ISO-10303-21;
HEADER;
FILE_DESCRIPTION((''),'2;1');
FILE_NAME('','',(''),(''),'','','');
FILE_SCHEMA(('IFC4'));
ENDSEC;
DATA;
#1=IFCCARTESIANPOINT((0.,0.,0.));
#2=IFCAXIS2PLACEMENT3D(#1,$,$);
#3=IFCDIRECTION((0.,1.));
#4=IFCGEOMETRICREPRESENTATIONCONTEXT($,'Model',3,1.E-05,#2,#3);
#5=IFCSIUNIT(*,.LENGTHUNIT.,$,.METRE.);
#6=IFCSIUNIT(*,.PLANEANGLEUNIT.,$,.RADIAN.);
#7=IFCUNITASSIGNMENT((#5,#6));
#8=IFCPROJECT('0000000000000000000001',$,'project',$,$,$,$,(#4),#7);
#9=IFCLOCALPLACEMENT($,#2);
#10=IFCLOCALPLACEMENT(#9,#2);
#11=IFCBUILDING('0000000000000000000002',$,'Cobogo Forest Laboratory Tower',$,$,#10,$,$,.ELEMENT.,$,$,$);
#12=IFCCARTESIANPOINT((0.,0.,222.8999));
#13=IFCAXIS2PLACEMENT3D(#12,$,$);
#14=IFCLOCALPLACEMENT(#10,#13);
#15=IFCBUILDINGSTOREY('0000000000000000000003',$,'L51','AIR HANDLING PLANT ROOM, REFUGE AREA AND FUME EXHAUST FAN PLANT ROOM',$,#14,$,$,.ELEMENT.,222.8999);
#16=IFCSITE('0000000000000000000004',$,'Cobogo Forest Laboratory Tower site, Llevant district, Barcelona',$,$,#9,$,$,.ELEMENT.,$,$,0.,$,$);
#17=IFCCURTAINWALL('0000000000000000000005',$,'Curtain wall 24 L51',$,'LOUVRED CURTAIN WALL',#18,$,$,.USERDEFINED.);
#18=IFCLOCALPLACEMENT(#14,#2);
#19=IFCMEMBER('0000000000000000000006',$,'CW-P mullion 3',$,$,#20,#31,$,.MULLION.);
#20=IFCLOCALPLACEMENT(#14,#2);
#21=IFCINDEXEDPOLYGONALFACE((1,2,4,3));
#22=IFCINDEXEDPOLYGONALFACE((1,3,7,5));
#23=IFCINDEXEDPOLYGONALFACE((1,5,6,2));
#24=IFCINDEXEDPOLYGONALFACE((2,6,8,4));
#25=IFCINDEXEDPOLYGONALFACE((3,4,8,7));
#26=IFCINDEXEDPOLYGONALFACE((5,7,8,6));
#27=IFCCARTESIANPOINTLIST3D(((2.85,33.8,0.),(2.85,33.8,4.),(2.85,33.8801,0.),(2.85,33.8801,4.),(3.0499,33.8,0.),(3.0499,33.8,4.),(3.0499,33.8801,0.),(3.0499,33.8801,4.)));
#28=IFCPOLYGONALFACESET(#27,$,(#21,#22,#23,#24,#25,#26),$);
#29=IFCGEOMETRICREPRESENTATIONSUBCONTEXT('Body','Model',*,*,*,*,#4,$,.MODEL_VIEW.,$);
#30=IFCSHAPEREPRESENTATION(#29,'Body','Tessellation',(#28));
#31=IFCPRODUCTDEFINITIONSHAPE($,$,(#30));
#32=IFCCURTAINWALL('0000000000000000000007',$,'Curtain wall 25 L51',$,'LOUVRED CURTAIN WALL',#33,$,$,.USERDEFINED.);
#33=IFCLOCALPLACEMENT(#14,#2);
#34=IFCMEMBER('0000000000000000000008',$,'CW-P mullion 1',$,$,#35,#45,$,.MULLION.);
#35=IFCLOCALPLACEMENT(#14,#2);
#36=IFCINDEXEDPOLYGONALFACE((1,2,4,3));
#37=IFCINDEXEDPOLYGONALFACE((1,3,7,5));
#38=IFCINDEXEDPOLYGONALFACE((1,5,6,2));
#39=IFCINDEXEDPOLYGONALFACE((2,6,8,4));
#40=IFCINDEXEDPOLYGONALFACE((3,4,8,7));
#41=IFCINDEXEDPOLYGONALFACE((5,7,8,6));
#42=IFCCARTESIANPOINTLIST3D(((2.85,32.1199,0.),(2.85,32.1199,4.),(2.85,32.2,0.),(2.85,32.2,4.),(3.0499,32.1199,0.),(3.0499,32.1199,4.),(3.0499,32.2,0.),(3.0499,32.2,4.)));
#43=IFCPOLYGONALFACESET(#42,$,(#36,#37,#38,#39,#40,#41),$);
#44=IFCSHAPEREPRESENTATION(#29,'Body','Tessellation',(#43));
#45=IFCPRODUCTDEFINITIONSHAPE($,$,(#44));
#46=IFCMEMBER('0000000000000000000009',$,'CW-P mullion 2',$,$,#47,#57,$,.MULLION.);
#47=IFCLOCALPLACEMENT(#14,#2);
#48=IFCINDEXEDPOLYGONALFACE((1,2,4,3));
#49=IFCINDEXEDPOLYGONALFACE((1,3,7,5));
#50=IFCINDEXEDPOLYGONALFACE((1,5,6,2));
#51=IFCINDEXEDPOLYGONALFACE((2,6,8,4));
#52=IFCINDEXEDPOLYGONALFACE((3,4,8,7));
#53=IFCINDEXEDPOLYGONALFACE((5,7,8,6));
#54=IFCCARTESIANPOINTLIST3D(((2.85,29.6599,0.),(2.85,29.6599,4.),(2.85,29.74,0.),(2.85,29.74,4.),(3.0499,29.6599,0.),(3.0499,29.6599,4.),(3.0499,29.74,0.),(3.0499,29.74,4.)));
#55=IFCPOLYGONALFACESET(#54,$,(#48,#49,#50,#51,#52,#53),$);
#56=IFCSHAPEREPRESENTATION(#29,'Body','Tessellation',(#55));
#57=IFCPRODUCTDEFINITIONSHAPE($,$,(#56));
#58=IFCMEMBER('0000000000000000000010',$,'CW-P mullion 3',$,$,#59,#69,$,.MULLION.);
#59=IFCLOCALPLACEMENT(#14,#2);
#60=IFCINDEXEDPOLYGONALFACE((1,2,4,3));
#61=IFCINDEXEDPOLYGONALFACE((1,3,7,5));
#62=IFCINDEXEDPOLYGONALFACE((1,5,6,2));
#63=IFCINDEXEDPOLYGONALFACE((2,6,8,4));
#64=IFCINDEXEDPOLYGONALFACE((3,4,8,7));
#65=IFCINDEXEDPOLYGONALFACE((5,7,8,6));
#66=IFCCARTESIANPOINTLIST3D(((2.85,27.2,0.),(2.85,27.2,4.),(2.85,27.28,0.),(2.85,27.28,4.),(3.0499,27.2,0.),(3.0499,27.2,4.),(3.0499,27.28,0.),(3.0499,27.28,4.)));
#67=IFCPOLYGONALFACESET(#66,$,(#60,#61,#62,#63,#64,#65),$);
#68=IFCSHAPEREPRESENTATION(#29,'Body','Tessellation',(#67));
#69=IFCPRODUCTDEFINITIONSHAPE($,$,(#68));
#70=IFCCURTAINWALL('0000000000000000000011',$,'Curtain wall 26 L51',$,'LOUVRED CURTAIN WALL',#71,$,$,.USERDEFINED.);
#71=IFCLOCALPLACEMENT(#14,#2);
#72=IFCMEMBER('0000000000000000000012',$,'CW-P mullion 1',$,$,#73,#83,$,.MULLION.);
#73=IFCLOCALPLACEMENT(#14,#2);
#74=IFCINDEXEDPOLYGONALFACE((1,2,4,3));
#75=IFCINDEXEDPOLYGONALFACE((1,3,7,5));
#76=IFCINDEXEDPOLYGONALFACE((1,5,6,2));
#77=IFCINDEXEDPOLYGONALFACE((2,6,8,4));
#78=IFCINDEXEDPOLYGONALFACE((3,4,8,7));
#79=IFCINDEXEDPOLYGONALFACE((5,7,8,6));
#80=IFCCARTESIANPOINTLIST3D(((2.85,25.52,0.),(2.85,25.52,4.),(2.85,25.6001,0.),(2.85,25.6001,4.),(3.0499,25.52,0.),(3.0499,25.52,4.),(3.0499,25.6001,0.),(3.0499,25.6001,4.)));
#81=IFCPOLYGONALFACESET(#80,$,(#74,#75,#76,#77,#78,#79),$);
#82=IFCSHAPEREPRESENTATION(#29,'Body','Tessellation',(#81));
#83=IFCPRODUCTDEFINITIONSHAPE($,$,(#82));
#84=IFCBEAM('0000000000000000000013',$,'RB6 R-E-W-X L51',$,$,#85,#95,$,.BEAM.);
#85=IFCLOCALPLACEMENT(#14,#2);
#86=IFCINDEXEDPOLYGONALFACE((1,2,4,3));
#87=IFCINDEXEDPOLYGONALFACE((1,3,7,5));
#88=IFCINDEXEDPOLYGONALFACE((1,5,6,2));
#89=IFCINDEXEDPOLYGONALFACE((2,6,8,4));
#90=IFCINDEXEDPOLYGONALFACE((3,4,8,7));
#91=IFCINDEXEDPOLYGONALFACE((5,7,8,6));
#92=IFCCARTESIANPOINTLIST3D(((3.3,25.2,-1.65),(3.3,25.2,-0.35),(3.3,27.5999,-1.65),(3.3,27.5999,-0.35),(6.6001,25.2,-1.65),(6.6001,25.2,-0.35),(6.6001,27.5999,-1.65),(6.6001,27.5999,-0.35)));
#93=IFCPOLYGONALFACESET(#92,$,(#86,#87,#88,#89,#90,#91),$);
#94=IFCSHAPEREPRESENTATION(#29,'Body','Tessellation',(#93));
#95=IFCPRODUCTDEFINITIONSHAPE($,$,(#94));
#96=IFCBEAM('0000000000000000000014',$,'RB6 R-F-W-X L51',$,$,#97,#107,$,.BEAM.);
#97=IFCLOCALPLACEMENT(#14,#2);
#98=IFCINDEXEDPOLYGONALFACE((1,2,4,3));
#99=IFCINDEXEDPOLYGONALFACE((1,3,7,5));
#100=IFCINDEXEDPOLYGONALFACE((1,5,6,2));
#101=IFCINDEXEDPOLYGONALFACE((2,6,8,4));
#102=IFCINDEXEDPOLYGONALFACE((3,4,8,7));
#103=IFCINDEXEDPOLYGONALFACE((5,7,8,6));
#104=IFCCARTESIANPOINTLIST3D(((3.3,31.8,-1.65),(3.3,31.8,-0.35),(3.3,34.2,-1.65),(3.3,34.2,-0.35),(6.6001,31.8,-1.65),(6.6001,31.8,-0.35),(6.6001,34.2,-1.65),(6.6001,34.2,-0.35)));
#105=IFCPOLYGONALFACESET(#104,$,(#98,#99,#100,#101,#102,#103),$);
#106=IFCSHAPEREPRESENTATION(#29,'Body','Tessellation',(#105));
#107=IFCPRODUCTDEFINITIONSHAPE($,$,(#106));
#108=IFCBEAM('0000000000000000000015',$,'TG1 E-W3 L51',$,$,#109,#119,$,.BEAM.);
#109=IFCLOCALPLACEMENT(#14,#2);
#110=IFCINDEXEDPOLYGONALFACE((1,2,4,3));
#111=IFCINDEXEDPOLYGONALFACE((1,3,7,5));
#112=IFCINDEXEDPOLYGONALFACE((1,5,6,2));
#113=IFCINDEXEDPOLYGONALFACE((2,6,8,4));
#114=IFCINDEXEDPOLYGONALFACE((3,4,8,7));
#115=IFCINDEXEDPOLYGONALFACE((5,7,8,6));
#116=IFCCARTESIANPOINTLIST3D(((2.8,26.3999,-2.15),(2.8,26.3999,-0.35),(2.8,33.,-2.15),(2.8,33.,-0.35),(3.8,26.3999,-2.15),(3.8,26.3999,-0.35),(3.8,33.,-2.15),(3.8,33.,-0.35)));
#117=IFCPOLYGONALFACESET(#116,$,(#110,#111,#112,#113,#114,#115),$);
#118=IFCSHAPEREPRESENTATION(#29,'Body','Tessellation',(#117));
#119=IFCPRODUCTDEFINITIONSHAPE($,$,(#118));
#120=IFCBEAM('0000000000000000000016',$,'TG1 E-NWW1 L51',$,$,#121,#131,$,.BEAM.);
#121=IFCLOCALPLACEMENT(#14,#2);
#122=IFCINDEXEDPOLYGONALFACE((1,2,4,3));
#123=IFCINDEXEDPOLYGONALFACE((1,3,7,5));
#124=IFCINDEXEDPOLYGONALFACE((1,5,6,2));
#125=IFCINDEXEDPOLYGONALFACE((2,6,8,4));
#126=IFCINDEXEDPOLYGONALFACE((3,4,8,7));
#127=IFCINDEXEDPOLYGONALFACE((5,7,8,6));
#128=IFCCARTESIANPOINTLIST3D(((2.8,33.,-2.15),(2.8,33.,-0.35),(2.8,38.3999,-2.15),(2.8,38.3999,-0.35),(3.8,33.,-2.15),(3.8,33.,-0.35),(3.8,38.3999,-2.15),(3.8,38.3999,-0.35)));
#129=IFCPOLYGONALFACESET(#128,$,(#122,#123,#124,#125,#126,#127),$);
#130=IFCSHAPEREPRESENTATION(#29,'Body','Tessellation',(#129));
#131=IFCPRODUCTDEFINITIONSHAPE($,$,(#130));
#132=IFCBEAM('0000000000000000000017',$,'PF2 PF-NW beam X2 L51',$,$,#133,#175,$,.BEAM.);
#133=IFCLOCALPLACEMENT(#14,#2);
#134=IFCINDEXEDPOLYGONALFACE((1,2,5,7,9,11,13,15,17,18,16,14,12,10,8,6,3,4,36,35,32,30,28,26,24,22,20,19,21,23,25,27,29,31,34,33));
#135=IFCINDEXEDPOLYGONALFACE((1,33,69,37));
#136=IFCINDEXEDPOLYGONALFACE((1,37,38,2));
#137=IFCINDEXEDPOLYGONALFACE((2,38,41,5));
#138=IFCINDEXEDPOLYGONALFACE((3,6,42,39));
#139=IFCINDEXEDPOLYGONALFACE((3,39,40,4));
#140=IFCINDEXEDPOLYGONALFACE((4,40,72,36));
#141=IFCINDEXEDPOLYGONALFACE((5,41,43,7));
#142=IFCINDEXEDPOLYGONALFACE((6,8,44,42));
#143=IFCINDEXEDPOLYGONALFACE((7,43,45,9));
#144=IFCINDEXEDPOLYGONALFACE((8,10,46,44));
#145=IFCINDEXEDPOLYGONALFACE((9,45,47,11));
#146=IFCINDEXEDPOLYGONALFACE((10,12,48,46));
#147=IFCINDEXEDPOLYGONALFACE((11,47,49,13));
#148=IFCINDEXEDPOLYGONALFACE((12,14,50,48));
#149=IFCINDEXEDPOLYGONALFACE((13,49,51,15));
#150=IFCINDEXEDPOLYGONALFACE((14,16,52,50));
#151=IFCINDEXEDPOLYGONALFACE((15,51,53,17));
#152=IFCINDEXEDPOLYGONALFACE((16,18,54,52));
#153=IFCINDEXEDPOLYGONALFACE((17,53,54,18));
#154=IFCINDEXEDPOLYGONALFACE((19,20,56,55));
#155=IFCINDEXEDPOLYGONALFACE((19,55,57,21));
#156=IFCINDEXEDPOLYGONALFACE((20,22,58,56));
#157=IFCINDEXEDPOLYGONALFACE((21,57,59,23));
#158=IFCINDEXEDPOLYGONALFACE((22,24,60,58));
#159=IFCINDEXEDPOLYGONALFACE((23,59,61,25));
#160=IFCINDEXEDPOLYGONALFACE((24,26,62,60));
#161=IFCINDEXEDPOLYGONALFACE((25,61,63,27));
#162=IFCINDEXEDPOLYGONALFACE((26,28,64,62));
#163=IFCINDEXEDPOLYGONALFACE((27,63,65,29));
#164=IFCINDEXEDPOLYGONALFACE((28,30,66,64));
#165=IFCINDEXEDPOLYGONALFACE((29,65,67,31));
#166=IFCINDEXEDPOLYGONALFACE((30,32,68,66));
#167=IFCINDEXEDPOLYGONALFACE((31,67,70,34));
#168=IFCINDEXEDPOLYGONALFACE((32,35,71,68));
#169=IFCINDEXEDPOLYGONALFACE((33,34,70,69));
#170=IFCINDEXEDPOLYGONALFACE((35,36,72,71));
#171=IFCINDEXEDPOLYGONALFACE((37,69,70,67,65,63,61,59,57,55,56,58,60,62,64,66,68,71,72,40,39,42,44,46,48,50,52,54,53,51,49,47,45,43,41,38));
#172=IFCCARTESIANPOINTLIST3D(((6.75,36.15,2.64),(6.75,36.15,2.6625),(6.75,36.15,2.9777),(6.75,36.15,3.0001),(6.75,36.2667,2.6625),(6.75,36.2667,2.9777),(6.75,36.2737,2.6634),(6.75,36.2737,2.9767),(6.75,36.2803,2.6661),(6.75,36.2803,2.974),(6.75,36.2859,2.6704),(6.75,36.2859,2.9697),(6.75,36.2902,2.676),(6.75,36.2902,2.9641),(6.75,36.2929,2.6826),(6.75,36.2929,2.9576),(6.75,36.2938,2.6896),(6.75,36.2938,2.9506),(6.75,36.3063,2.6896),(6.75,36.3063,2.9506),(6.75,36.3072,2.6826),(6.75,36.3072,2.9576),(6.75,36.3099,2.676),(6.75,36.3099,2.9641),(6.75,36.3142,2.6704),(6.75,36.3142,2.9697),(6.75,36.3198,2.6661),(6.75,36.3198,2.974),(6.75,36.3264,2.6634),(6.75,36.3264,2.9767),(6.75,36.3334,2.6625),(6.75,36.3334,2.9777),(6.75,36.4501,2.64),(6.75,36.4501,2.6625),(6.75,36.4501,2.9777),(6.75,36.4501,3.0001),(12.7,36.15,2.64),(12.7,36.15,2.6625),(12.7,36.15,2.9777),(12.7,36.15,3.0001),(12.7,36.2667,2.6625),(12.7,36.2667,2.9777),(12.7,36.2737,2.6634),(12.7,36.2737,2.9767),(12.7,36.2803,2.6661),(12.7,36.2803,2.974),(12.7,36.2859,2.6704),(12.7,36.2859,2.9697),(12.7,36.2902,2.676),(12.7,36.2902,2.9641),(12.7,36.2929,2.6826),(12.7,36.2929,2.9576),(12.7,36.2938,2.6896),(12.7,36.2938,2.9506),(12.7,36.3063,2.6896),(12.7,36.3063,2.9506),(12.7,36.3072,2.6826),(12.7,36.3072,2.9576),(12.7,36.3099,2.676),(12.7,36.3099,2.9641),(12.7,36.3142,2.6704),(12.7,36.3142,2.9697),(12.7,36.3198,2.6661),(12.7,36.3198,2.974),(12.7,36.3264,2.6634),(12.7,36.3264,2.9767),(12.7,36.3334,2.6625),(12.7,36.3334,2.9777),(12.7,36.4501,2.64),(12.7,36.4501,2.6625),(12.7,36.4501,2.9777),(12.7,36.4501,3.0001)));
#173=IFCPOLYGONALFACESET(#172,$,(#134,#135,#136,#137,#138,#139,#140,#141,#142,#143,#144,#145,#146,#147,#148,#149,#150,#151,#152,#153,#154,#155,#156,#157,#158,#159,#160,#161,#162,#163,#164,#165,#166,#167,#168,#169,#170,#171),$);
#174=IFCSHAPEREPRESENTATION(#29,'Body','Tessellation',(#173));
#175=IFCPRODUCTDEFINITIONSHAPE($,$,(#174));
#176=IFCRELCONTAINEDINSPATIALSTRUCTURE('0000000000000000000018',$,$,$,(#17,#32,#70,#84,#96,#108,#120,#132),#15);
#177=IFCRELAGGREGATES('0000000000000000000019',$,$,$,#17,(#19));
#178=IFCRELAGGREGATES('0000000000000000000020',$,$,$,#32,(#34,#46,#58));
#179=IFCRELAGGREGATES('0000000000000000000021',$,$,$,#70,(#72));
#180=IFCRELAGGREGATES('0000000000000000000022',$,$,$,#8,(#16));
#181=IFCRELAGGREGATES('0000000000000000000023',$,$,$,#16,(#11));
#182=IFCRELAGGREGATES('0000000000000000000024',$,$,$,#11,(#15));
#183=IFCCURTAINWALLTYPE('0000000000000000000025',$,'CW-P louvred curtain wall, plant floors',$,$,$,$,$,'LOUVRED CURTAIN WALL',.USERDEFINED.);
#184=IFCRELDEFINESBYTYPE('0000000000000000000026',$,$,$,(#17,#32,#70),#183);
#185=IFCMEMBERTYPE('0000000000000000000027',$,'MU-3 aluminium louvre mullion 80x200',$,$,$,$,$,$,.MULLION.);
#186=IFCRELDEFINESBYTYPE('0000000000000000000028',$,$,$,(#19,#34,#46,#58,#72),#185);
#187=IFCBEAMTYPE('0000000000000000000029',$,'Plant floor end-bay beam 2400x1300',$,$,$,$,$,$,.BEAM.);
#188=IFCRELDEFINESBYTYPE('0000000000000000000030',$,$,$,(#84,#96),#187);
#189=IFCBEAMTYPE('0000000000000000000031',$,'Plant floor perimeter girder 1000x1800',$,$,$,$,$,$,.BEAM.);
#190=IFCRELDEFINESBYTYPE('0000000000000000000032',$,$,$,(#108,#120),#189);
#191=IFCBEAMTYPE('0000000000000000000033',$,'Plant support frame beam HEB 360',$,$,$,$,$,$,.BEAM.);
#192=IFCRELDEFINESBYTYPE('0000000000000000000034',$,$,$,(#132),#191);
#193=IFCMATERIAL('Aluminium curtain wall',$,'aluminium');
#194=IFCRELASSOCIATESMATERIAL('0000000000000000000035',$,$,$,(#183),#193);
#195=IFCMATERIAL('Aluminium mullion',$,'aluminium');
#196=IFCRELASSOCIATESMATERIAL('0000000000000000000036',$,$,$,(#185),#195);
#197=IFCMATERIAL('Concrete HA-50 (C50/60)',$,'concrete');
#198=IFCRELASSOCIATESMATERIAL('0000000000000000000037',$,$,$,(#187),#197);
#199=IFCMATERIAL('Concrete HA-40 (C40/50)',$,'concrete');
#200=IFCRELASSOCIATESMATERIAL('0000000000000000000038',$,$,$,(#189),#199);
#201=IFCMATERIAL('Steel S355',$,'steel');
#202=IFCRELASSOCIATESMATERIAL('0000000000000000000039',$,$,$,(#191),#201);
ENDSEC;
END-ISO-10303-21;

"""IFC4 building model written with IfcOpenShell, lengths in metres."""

from ifc_helpers import new_model, si_unit, direction, frame, origin, origin_2d, place, context, subcontext, project, spatial, rectangle, i_section, extrude, material, material_profile, profile_set, type_object, element, aggregate, save


model = new_model("IFC4")

# Units and contexts
model_context = context("Model", 3, precision=1e-05, world=origin(), true_north=direction((0.0, 1.0)))
body_context = subcontext(model_context, "Body", "Model", "MODEL_VIEW")
ifc_project = project(units=[si_unit("LENGTHUNIT", "METRE"), si_unit("PLANEANGLEUNIT", "RADIAN")], contexts=[model_context])

# Site, building, storey
site_placement = place(None, origin())
site = spatial("IfcSite", under=ifc_project, at=site_placement, Name="Cobogo Forest Laboratory Tower site, Llevant district, Barcelona", CompositionType="ELEMENT", RefElevation=0.0)
building_placement = place(site_placement, origin())
building = spatial("IfcBuilding", under=site, at=building_placement, Name="Cobogo Forest Laboratory Tower", CompositionType="ELEMENT")
storey_placement = place(building_placement, frame((0.0, 0.0, 222.8999)))
storey = spatial("IfcBuildingStorey", under=building, at=storey_placement, Name="L51", Description="AIR HANDLING PLANT ROOM, REFUGE AREA AND FUME EXHAUST FAN PLANT ROOM", CompositionType="ELEMENT", Elevation=222.8999)

# Shared definitions
ifc_material_1 = material(Name="Concrete HA-50 (C50/60)", Category="concrete")

# Curtain walls, members
ifc_material_2 = material(Name="Aluminium curtain wall", Category="aluminium")
curtain_wall_type = type_object("IfcCurtainWallType", Name="CW-P louvred curtain wall, plant floors", ElementType="LOUVRED CURTAIN WALL", PredefinedType="USERDEFINED", material=ifc_material_2)
curtain_wall_1_placement = place(storey_placement, origin())
curtain_wall_1 = element("IfcCurtainWall", 1, at=curtain_wall_1_placement, inside=storey, type_object=curtain_wall_type, Name="Curtain wall 24 L51", ObjectType="LOUVRED CURTAIN WALL", PredefinedType="USERDEFINED")
ifc_material_3 = material(Name="Aluminium mullion", Category="aluminium")
ifc_material_profile_1 = material_profile(ifc_material_3, rectangle(XDim=0.0801, YDim=0.2, at=origin_2d()), Name="AL 80x200")
ifc_profile_set_1 = profile_set([ifc_material_profile_1], Name="Aluminium mullion")
member_type_1 = type_object("IfcMemberType", Name="MU-3 aluminium louvre mullion 80x200", PredefinedType="MULLION", material=ifc_profile_set_1)
member_1_placement = place(storey_placement, frame((2.95, 33.8401, 0.0), z_axis=(0.0, 0.0, 1.0), x_axis=(0.0, -1.0, 0.0)))
member_1 = element("IfcMember", 2, at=member_1_placement, type_object=member_type_1, Name="CW-P mullion 3", PredefinedType="MULLION", context=body_context, shape_type="SweptSolid", body=[
    extrude(rectangle(XDim=0.0801, YDim=0.2, at=origin_2d()), origin(), (0.0, 0.0, 1.0), 4.0),
])
curtain_wall_2_placement = place(storey_placement, origin())
curtain_wall_2 = element("IfcCurtainWall", 3, at=curtain_wall_2_placement, inside=storey, type_object=curtain_wall_type, Name="Curtain wall 25 L51", ObjectType="LOUVRED CURTAIN WALL", PredefinedType="USERDEFINED")
member_2_placement = place(storey_placement, frame((2.95, 32.1599, 0.0), z_axis=(0.0, 0.0, 1.0), x_axis=(0.0, -1.0, 0.0)))
member_2 = element("IfcMember", 4, at=member_2_placement, type_object=member_type_1, Name="CW-P mullion 1", PredefinedType="MULLION", context=body_context, shape_type="SweptSolid", body=[
    extrude(rectangle(XDim=0.0801, YDim=0.2, at=origin_2d()), origin(), (0.0, 0.0, 1.0), 4.0),
])
member_3_placement = place(storey_placement, frame((2.95, 29.7, 0.0), z_axis=(0.0, 0.0, 1.0), x_axis=(0.0, -1.0, 0.0)))
member_3 = element("IfcMember", 5, at=member_3_placement, type_object=member_type_1, Name="CW-P mullion 2", PredefinedType="MULLION", context=body_context, shape_type="SweptSolid", body=[
    extrude(rectangle(XDim=0.0801, YDim=0.2, at=origin_2d()), origin(), (0.0, 0.0, 1.0), 4.0),
])
member_4_placement = place(storey_placement, frame((2.95, 27.24, 0.0), z_axis=(0.0, 0.0, 1.0), x_axis=(0.0, -1.0, 0.0)))
member_4 = element("IfcMember", 6, at=member_4_placement, type_object=member_type_1, Name="CW-P mullion 3", PredefinedType="MULLION", context=body_context, shape_type="SweptSolid", body=[
    extrude(rectangle(XDim=0.0801, YDim=0.2, at=origin_2d()), origin(), (0.0, 0.0, 1.0), 4.0),
])

# Curtain wall, member
curtain_wall_3_placement = place(storey_placement, origin())
curtain_wall_3 = element("IfcCurtainWall", 7, at=curtain_wall_3_placement, inside=storey, type_object=curtain_wall_type, Name="Curtain wall 26 L51", ObjectType="LOUVRED CURTAIN WALL", PredefinedType="USERDEFINED")
member_5_placement = place(storey_placement, frame((2.95, 25.5601, 0.0), z_axis=(0.0, 0.0, 1.0), x_axis=(0.0, -1.0, 0.0)))
member_5 = element("IfcMember", 8, at=member_5_placement, type_object=member_type_1, Name="CW-P mullion 1", PredefinedType="MULLION", context=body_context, shape_type="SweptSolid", body=[
    extrude(rectangle(XDim=0.0801, YDim=0.2, at=origin_2d()), origin(), (0.0, 0.0, 1.0), 4.0),
])

# Beams
ifc_material_profile_2 = material_profile(ifc_material_1, rectangle(XDim=2.3999, YDim=1.3, at=origin_2d()), Name="RC 2400x1300")
ifc_profile_set_2 = profile_set([ifc_material_profile_2], Name="Concrete HA-50 (C50/60)")
beam_type_1 = type_object("IfcBeamType", Name="Plant floor end-bay beam 2400x1300", PredefinedType="BEAM", material=ifc_profile_set_2)
for number, where, z_axis, x_axis, name in (
    (9, (3.3, 26.3999, -1.0), (1.0, 0.0, 0.0), (0.0, 1.0, 0.0), "RB6 R-E-W-X L51"),
    (10, (3.3, 33.0, -1.0), (1.0, 0.0, 0.0), (0.0, 1.0, 0.0), "RB6 R-F-W-X L51"),
):
    element("IfcBeam", number, at=place(storey_placement, frame(where, z_axis=z_axis, x_axis=x_axis)), inside=storey, type_object=beam_type_1, Name=name, PredefinedType="BEAM", context=body_context, shape_type="SweptSolid", body=[
        extrude(rectangle(XDim=2.3999, YDim=1.3, at=origin_2d()), origin(), (0.0, 0.0, 1.0), 3.3),
    ])
ifc_material_4 = material(Name="Concrete HA-40 (C40/50)", Category="concrete")
ifc_material_profile_3 = material_profile(ifc_material_4, rectangle(XDim=1.0, YDim=1.8, at=origin_2d()), Name="RC 1000x1800")
ifc_profile_set_3 = profile_set([ifc_material_profile_3], Name="Concrete HA-40 (C40/50)")
beam_type_2 = type_object("IfcBeamType", Name="Plant floor perimeter girder 1000x1800", PredefinedType="BEAM", material=ifc_profile_set_3)
beam_1_placement = place(storey_placement, frame((3.3, 26.3999, -1.25), z_axis=(0.0, 1.0, 0.0), x_axis=(-1.0, 0.0, 0.0)))
element("IfcBeam", 11, at=beam_1_placement, inside=storey, type_object=beam_type_2, Name="TG1 E-W3 L51", PredefinedType="BEAM", context=body_context, shape_type="SweptSolid", body=[
    extrude(rectangle(XDim=1.0, YDim=1.8, at=origin_2d()), origin(), (0.0, 0.0, 1.0), 6.6001),
])
beam_2_placement = place(storey_placement, frame((3.3, 33.0, -1.25), z_axis=(0.0, 1.0, 0.0), x_axis=(-1.0, 0.0, 0.0)))
element("IfcBeam", 12, at=beam_2_placement, inside=storey, type_object=beam_type_2, Name="TG1 E-NWW1 L51", PredefinedType="BEAM", context=body_context, shape_type="SweptSolid", body=[
    extrude(rectangle(XDim=1.0, YDim=1.8, at=origin_2d()), origin(), (0.0, 0.0, 1.0), 5.3999),
])
ifc_material_5 = material(Name="Steel S355", Category="steel")
ifc_material_profile_4 = material_profile(ifc_material_5, i_section(OverallWidth=0.3, OverallDepth=0.3601, WebThickness=0.0125, FlangeThickness=0.0225, FilletRadius=0.0271, at=origin_2d()), Name="HEB 360")
ifc_profile_set_4 = profile_set([ifc_material_profile_4], Name="Steel S355")
beam_type_3 = type_object("IfcBeamType", Name="Plant support frame beam HEB 360", PredefinedType="BEAM", material=ifc_profile_set_4)
beam_3_placement = place(storey_placement, frame((6.75, 36.3, 2.8201), z_axis=(1.0, 0.0, 0.0), x_axis=(0.0, 1.0, 0.0)))
element("IfcBeam", 13, at=beam_3_placement, inside=storey, type_object=beam_type_3, Name="PF2 PF-NW beam X2 L51", PredefinedType="BEAM", context=body_context, shape_type="SweptSolid", body=[
    extrude(i_section(OverallWidth=0.3, OverallDepth=0.3601, WebThickness=0.0125, FlangeThickness=0.0225, FilletRadius=0.0271, at=origin_2d()), origin(), (0.0, 0.0, 1.0), 5.95),
])

aggregate(curtain_wall_1, [member_1])
aggregate(curtain_wall_2, [member_2, member_3, member_4])
aggregate(curtain_wall_3, [member_5])

save(model, "model.ifc")
